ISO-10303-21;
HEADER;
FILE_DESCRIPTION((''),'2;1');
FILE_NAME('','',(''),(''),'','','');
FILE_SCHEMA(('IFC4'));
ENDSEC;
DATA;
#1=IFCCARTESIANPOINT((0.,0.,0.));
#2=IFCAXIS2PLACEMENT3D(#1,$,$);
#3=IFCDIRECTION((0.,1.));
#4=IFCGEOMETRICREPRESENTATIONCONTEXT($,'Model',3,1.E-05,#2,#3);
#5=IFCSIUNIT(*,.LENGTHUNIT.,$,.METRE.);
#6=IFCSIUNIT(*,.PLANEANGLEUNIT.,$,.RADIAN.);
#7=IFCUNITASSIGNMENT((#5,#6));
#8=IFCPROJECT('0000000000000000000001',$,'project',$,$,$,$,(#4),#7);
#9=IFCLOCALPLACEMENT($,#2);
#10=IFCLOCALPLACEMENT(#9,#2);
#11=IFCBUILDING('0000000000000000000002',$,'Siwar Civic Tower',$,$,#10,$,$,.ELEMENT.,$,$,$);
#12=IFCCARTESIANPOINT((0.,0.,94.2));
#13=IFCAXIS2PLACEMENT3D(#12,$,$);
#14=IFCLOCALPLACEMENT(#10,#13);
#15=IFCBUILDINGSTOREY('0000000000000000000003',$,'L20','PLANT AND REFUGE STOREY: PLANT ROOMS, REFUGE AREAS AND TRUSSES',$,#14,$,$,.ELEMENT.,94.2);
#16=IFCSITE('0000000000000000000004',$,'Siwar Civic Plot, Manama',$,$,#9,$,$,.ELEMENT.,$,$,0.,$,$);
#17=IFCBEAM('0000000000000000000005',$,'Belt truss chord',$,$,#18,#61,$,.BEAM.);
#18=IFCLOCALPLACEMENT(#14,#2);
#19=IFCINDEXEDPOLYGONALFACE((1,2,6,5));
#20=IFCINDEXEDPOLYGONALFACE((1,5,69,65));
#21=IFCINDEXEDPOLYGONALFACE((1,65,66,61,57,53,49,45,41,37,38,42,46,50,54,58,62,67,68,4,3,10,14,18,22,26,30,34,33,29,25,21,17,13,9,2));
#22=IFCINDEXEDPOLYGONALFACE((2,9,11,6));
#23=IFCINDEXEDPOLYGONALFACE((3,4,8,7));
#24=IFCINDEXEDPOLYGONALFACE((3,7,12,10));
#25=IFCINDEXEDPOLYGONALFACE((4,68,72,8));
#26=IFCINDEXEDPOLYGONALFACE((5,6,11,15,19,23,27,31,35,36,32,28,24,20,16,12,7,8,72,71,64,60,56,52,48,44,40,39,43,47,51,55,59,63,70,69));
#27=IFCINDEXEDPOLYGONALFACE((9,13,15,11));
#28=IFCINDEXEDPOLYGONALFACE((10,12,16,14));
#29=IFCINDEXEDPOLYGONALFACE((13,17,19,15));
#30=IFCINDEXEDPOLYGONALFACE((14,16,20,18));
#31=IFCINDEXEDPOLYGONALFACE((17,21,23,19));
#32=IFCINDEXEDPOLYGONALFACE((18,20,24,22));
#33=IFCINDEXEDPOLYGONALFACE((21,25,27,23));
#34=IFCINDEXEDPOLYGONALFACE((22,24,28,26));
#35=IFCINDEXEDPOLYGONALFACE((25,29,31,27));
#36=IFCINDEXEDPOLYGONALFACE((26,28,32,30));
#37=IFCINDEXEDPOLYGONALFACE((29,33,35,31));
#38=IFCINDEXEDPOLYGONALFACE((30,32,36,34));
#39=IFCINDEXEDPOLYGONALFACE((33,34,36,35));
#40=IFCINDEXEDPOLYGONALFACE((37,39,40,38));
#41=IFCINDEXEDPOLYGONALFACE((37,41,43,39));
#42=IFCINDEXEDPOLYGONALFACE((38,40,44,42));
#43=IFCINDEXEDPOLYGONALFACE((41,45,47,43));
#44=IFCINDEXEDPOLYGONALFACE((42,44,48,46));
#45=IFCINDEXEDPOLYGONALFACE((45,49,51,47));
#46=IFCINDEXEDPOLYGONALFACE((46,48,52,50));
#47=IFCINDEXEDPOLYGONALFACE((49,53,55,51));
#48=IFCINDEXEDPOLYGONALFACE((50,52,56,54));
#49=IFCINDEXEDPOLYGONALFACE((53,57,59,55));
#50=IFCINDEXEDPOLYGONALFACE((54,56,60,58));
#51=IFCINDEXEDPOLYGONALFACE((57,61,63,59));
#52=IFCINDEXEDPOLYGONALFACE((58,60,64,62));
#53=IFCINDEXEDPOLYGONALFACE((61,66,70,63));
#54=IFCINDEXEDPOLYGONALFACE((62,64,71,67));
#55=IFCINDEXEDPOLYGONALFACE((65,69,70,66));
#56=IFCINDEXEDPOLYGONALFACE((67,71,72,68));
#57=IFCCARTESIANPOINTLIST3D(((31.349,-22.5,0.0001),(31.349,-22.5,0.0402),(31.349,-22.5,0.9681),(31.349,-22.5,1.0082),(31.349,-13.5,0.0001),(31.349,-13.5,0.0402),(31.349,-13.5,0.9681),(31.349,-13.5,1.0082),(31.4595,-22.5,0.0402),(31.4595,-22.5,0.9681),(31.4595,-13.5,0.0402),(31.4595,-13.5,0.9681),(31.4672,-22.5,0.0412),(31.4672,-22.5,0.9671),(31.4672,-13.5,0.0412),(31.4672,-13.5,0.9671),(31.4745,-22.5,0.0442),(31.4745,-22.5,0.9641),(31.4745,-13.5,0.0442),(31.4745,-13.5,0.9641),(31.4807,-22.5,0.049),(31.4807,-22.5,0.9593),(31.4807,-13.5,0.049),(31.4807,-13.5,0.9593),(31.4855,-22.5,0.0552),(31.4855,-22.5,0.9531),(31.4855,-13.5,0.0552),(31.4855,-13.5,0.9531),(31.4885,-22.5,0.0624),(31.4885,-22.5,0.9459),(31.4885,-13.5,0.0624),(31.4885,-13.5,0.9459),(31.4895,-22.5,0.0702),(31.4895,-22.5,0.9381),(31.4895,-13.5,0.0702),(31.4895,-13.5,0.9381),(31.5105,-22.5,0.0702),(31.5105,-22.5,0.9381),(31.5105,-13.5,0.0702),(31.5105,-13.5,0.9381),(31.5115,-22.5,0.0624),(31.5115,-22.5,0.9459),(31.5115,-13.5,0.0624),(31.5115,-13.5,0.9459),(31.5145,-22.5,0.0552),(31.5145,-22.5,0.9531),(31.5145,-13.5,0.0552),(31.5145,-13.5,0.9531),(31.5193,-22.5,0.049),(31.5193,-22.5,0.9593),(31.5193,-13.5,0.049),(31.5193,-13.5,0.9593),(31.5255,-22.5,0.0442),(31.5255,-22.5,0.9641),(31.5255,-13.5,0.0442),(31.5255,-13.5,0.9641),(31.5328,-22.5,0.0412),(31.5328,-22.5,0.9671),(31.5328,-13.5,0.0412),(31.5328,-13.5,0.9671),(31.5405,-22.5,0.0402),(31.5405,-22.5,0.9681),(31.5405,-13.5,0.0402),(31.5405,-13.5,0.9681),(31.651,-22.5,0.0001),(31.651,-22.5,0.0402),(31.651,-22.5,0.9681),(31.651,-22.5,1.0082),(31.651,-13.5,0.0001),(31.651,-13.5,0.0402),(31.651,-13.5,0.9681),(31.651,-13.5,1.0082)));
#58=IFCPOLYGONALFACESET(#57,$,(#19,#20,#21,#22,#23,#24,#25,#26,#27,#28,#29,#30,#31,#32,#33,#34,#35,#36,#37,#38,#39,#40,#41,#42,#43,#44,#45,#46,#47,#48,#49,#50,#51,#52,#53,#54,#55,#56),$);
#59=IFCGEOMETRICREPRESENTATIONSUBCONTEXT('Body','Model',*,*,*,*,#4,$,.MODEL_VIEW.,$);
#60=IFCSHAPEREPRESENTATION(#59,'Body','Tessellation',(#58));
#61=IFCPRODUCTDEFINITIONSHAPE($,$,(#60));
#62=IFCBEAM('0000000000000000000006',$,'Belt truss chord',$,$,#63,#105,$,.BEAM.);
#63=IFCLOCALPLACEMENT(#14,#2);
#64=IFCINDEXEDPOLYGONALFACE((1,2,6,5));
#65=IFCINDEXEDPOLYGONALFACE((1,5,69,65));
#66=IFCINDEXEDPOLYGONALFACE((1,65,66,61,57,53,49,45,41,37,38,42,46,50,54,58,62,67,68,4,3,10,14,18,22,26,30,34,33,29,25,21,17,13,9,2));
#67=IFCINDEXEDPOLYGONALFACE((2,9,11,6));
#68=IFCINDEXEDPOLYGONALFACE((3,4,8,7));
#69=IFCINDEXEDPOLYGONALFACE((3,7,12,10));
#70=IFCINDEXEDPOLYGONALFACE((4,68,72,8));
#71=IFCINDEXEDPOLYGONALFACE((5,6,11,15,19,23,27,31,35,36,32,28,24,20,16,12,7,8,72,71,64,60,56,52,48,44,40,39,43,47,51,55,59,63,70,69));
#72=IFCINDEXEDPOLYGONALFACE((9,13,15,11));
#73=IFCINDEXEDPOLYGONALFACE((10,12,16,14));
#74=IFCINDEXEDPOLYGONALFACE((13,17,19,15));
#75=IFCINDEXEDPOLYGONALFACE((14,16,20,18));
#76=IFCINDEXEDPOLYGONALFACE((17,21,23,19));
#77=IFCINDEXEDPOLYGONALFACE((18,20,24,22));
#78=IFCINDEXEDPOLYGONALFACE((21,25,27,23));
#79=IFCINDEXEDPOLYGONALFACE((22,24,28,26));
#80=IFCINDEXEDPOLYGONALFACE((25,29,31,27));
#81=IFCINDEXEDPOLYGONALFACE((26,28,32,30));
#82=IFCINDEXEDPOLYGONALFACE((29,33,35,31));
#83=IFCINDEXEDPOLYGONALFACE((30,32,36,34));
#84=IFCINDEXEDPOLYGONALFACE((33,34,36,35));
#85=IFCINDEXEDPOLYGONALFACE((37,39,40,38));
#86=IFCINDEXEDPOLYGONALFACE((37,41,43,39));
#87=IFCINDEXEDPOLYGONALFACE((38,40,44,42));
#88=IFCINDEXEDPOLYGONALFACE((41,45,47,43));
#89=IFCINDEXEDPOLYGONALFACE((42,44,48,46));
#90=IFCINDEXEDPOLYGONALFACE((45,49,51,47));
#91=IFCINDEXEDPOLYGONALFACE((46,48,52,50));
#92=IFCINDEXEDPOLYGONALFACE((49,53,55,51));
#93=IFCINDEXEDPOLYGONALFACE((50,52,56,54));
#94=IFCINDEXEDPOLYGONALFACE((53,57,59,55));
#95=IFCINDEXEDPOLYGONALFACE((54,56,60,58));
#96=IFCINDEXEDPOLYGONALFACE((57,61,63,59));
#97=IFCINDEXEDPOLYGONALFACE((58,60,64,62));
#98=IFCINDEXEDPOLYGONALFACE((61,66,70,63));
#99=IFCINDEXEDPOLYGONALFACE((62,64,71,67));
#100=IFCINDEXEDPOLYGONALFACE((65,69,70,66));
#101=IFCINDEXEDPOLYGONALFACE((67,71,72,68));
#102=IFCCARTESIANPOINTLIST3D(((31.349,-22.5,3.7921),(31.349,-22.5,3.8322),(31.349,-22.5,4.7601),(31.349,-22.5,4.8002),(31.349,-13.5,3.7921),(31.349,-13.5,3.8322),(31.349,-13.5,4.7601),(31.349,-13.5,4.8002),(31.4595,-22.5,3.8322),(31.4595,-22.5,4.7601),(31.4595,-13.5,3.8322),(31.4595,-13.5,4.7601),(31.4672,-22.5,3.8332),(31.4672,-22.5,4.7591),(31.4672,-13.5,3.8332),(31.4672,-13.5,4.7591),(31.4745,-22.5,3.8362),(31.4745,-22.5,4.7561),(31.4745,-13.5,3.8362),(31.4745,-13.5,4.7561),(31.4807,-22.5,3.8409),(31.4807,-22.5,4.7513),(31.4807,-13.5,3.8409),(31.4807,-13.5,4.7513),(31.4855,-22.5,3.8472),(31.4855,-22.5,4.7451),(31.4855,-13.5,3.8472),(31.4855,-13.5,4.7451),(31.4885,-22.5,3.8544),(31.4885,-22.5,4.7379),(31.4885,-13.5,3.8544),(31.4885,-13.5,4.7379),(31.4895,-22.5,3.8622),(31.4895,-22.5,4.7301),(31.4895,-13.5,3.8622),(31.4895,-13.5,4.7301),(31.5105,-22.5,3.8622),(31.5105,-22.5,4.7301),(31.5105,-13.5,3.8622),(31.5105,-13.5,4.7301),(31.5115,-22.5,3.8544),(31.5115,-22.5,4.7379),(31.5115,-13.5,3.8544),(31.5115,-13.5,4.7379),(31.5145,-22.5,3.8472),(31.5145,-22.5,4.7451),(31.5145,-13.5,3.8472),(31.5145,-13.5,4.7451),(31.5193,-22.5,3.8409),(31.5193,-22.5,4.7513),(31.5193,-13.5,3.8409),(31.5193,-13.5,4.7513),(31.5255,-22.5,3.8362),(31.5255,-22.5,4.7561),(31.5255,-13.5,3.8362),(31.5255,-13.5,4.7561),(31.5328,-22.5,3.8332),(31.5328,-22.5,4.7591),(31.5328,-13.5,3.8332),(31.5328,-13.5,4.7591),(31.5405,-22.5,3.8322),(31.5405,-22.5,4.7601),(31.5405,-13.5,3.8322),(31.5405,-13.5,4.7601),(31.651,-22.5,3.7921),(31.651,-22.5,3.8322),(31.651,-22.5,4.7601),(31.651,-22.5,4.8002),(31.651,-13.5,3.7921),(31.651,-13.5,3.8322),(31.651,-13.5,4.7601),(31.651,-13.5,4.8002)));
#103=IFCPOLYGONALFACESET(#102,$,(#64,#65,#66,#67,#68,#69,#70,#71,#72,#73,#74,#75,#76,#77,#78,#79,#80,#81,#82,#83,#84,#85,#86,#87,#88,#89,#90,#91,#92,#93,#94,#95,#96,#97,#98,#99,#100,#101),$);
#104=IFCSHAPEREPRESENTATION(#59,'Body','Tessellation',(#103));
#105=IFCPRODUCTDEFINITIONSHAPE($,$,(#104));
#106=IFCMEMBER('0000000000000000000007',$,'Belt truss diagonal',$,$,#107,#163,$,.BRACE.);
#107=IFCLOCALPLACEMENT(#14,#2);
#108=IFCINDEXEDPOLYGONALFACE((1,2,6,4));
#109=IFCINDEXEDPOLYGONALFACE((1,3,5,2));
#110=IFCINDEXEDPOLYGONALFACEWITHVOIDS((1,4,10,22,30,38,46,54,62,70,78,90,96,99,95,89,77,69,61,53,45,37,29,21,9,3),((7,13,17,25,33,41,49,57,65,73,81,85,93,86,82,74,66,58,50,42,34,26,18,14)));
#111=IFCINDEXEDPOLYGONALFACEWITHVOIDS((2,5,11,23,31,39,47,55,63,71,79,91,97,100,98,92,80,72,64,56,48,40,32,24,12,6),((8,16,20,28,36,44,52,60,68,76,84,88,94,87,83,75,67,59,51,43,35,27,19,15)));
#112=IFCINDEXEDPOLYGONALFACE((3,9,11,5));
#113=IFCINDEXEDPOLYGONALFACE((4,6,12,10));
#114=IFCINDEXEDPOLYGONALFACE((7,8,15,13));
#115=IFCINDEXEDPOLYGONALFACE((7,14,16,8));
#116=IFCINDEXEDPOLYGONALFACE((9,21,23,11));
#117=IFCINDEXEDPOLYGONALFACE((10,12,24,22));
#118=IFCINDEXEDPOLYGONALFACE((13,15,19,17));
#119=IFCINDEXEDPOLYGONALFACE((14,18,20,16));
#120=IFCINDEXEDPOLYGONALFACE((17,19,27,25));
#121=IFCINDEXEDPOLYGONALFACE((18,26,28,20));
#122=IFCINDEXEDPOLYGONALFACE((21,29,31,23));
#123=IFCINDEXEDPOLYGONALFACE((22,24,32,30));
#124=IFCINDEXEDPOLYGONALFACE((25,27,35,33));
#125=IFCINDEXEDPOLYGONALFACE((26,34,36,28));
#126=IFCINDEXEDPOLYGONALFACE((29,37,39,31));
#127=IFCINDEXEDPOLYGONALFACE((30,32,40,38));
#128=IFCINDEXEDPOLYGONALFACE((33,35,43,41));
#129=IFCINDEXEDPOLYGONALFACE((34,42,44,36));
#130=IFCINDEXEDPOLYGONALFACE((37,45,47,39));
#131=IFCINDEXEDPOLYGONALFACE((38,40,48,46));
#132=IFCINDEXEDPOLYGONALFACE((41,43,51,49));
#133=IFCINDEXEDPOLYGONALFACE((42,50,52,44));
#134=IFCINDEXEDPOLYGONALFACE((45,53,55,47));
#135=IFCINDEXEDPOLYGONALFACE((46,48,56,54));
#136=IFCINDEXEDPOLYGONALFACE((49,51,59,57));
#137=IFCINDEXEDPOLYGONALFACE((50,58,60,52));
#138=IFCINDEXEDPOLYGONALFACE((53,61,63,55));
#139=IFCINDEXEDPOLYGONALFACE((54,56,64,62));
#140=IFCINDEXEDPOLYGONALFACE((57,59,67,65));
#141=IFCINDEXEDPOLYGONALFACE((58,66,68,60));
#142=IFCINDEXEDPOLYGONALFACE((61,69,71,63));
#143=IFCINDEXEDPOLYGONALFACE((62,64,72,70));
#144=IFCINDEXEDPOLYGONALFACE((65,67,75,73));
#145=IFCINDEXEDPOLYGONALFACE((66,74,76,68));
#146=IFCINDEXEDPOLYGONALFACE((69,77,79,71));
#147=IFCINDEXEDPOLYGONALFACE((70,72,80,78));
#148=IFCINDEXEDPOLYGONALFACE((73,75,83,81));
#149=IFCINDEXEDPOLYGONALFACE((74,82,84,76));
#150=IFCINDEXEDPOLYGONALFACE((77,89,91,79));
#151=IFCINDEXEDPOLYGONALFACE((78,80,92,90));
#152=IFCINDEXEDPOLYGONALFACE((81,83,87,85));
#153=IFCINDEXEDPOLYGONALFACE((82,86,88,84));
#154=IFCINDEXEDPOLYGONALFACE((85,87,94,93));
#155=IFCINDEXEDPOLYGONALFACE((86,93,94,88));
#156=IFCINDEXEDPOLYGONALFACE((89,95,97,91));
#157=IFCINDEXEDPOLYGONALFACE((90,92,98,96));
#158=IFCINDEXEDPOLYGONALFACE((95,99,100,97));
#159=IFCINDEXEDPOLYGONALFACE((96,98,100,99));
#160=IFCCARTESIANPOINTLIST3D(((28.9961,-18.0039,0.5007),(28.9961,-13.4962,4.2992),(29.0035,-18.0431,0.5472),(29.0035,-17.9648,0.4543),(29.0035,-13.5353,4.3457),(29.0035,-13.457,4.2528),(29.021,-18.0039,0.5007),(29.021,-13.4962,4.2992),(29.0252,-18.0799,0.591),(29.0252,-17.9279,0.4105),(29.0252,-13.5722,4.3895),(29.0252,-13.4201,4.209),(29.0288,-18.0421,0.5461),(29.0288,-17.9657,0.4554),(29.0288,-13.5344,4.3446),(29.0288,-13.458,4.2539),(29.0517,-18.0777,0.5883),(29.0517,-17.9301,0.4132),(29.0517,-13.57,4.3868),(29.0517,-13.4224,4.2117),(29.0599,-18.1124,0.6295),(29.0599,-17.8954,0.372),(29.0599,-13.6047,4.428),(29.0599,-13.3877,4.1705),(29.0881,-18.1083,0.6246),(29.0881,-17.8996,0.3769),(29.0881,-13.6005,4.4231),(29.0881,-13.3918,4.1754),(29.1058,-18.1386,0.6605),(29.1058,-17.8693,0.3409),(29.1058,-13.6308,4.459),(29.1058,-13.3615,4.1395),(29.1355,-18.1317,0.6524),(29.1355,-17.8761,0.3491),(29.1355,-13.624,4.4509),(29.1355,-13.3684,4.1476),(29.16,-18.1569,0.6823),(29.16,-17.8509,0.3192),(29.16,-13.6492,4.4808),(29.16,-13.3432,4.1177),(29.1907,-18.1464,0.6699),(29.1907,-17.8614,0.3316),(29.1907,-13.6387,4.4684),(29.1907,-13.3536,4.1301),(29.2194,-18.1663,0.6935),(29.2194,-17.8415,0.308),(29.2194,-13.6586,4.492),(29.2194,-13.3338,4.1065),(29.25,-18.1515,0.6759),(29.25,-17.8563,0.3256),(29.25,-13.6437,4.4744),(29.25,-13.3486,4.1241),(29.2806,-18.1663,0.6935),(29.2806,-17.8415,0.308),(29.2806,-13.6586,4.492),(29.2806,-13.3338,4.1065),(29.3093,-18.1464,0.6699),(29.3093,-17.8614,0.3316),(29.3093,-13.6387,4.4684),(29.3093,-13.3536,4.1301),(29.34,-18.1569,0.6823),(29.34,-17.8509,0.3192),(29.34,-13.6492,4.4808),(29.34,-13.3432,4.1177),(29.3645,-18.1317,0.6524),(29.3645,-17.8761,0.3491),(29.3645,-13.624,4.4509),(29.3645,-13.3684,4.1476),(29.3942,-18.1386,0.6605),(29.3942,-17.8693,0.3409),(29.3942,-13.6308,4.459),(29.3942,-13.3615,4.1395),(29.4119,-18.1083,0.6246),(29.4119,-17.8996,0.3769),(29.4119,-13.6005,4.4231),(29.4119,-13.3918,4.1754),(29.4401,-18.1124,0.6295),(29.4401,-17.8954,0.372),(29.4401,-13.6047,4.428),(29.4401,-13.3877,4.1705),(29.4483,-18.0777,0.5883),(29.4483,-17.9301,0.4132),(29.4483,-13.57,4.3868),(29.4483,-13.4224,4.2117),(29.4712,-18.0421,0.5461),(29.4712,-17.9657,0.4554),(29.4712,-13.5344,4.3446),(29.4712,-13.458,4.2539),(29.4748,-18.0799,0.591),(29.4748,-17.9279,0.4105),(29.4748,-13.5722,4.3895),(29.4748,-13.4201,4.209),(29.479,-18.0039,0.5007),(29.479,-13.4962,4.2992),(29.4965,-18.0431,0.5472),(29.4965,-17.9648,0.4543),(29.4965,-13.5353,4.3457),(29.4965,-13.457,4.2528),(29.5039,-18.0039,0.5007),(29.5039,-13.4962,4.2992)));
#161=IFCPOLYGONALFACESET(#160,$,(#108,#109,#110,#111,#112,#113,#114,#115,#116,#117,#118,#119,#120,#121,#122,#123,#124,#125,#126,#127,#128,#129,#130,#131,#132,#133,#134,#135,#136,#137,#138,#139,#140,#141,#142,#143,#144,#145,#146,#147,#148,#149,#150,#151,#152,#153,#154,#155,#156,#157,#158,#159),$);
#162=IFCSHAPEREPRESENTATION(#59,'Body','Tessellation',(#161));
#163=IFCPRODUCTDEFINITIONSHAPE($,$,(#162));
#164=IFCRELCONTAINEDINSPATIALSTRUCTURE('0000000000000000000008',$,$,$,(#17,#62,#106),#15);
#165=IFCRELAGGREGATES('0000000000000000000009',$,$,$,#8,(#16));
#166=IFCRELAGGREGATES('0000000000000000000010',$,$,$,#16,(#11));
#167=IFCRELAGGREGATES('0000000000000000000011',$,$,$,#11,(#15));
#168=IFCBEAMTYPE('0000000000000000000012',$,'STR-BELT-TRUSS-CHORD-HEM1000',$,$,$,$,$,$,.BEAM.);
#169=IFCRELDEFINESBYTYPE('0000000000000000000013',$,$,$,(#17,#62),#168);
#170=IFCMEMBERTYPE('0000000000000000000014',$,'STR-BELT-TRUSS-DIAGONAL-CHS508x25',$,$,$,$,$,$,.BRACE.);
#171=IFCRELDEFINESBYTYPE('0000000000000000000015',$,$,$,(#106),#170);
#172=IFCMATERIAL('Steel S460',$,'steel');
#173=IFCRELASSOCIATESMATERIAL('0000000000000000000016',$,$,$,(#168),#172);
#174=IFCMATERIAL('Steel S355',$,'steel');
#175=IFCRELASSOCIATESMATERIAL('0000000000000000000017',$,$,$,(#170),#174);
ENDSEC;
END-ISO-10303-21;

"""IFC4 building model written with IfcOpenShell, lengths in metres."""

from ifc_helpers import new_model, si_unit, direction, frame, origin, origin_2d, place, context, subcontext, project, spatial, hollow_circle, i_section, extrude, material, material_profile, profile_set, type_object, element, save


model = new_model("IFC4")

# Units and contexts
model_context = context("Model", 3, precision=1e-05, world=origin(), true_north=direction((0.0, 1.0)))
body_context = subcontext(model_context, "Body", "Model", "MODEL_VIEW")
ifc_project = project(units=[si_unit("LENGTHUNIT", "METRE"), si_unit("PLANEANGLEUNIT", "RADIAN")], contexts=[model_context])

# Site, building, storey
site_placement = place(None, origin())
site = spatial("IfcSite", under=ifc_project, at=site_placement, Name="Siwar Civic Plot, Manama", CompositionType="ELEMENT", RefElevation=0.0)
building_placement = place(site_placement, origin())
building = spatial("IfcBuilding", under=site, at=building_placement, Name="Siwar Civic Tower", CompositionType="ELEMENT")
storey_placement = place(building_placement, frame((0.0, 0.0, 94.2)))
storey = spatial("IfcBuildingStorey", under=building, at=storey_placement, Name="L20", Description="PLANT AND REFUGE STOREY: PLANT ROOMS, REFUGE AREAS AND TRUSSES", CompositionType="ELEMENT", Elevation=94.2)

# Beams
ifc_material_1 = material(Name="Steel S460", Category="steel")
ifc_material_profile_1 = material_profile(ifc_material_1, i_section(OverallWidth=0.302, OverallDepth=1.0081, WebThickness=0.021, FlangeThickness=0.04, FilletRadius=0.03, at=origin_2d()), Name="HEM1000")
ifc_profile_set_1 = profile_set([ifc_material_profile_1], Name="Steel S460")
beam_type_1 = type_object("IfcBeamType", Name="STR-BELT-TRUSS-CHORD-HEM1000", PredefinedType="BEAM", material=ifc_profile_set_1)
for number, where, z_axis, x_axis, name in (
    (1, (31.5, -22.5, 0.5042), (0.0, 1.0, 0.0), (-1.0, 0.0, 0.0), "Belt truss chord"),
    (2, (31.5, -22.5, 4.2961), (0.0, 1.0, 0.0), (-1.0, 0.0, 0.0), "Belt truss chord"),
):
    element("IfcBeam", number, at=place(storey_placement, frame(where, z_axis=z_axis, x_axis=x_axis)), inside=storey, type_object=beam_type_1, Name=name, PredefinedType="BEAM", context=body_context, shape_type="SweptSolid", body=[
        extrude(i_section(OverallWidth=0.302, OverallDepth=1.0081, WebThickness=0.021, FlangeThickness=0.04, FilletRadius=0.03, at=origin_2d()), origin(), (0.0, 0.0, 1.0), 9.0),
    ])

# Member
ifc_material_2 = material(Name="Steel S355", Category="steel")
ifc_material_profile_2 = material_profile(ifc_material_2, hollow_circle(Radius=0.2539, WallThickness=0.0249, at=origin_2d()), Name="CHS508x25")
ifc_profile_set_2 = profile_set([ifc_material_profile_2], Name="Steel S355")
member_type_1 = type_object("IfcMemberType", Name="STR-BELT-TRUSS-DIAGONAL-CHS508x25", PredefinedType="BRACE", material=ifc_profile_set_2)
for number, where, z_axis, x_axis, name in (
    (3, (29.25, -18.0039, 0.5007), (0.0, 0.7647, 0.644387), (-1.0, 0.0, 0.0), "Belt truss diagonal"),
):
    element("IfcMember", number, at=place(storey_placement, frame(where, z_axis=z_axis, x_axis=x_axis)), inside=storey, type_object=member_type_1, Name=name, PredefinedType="BRACE", context=body_context, shape_type="SweptSolid", body=[
        extrude(hollow_circle(Radius=0.2539, WallThickness=0.0249, at=origin_2d()), origin(), (0.0, 0.0, 1.0), 5.8948),
    ])

save(model, "model.ifc")
